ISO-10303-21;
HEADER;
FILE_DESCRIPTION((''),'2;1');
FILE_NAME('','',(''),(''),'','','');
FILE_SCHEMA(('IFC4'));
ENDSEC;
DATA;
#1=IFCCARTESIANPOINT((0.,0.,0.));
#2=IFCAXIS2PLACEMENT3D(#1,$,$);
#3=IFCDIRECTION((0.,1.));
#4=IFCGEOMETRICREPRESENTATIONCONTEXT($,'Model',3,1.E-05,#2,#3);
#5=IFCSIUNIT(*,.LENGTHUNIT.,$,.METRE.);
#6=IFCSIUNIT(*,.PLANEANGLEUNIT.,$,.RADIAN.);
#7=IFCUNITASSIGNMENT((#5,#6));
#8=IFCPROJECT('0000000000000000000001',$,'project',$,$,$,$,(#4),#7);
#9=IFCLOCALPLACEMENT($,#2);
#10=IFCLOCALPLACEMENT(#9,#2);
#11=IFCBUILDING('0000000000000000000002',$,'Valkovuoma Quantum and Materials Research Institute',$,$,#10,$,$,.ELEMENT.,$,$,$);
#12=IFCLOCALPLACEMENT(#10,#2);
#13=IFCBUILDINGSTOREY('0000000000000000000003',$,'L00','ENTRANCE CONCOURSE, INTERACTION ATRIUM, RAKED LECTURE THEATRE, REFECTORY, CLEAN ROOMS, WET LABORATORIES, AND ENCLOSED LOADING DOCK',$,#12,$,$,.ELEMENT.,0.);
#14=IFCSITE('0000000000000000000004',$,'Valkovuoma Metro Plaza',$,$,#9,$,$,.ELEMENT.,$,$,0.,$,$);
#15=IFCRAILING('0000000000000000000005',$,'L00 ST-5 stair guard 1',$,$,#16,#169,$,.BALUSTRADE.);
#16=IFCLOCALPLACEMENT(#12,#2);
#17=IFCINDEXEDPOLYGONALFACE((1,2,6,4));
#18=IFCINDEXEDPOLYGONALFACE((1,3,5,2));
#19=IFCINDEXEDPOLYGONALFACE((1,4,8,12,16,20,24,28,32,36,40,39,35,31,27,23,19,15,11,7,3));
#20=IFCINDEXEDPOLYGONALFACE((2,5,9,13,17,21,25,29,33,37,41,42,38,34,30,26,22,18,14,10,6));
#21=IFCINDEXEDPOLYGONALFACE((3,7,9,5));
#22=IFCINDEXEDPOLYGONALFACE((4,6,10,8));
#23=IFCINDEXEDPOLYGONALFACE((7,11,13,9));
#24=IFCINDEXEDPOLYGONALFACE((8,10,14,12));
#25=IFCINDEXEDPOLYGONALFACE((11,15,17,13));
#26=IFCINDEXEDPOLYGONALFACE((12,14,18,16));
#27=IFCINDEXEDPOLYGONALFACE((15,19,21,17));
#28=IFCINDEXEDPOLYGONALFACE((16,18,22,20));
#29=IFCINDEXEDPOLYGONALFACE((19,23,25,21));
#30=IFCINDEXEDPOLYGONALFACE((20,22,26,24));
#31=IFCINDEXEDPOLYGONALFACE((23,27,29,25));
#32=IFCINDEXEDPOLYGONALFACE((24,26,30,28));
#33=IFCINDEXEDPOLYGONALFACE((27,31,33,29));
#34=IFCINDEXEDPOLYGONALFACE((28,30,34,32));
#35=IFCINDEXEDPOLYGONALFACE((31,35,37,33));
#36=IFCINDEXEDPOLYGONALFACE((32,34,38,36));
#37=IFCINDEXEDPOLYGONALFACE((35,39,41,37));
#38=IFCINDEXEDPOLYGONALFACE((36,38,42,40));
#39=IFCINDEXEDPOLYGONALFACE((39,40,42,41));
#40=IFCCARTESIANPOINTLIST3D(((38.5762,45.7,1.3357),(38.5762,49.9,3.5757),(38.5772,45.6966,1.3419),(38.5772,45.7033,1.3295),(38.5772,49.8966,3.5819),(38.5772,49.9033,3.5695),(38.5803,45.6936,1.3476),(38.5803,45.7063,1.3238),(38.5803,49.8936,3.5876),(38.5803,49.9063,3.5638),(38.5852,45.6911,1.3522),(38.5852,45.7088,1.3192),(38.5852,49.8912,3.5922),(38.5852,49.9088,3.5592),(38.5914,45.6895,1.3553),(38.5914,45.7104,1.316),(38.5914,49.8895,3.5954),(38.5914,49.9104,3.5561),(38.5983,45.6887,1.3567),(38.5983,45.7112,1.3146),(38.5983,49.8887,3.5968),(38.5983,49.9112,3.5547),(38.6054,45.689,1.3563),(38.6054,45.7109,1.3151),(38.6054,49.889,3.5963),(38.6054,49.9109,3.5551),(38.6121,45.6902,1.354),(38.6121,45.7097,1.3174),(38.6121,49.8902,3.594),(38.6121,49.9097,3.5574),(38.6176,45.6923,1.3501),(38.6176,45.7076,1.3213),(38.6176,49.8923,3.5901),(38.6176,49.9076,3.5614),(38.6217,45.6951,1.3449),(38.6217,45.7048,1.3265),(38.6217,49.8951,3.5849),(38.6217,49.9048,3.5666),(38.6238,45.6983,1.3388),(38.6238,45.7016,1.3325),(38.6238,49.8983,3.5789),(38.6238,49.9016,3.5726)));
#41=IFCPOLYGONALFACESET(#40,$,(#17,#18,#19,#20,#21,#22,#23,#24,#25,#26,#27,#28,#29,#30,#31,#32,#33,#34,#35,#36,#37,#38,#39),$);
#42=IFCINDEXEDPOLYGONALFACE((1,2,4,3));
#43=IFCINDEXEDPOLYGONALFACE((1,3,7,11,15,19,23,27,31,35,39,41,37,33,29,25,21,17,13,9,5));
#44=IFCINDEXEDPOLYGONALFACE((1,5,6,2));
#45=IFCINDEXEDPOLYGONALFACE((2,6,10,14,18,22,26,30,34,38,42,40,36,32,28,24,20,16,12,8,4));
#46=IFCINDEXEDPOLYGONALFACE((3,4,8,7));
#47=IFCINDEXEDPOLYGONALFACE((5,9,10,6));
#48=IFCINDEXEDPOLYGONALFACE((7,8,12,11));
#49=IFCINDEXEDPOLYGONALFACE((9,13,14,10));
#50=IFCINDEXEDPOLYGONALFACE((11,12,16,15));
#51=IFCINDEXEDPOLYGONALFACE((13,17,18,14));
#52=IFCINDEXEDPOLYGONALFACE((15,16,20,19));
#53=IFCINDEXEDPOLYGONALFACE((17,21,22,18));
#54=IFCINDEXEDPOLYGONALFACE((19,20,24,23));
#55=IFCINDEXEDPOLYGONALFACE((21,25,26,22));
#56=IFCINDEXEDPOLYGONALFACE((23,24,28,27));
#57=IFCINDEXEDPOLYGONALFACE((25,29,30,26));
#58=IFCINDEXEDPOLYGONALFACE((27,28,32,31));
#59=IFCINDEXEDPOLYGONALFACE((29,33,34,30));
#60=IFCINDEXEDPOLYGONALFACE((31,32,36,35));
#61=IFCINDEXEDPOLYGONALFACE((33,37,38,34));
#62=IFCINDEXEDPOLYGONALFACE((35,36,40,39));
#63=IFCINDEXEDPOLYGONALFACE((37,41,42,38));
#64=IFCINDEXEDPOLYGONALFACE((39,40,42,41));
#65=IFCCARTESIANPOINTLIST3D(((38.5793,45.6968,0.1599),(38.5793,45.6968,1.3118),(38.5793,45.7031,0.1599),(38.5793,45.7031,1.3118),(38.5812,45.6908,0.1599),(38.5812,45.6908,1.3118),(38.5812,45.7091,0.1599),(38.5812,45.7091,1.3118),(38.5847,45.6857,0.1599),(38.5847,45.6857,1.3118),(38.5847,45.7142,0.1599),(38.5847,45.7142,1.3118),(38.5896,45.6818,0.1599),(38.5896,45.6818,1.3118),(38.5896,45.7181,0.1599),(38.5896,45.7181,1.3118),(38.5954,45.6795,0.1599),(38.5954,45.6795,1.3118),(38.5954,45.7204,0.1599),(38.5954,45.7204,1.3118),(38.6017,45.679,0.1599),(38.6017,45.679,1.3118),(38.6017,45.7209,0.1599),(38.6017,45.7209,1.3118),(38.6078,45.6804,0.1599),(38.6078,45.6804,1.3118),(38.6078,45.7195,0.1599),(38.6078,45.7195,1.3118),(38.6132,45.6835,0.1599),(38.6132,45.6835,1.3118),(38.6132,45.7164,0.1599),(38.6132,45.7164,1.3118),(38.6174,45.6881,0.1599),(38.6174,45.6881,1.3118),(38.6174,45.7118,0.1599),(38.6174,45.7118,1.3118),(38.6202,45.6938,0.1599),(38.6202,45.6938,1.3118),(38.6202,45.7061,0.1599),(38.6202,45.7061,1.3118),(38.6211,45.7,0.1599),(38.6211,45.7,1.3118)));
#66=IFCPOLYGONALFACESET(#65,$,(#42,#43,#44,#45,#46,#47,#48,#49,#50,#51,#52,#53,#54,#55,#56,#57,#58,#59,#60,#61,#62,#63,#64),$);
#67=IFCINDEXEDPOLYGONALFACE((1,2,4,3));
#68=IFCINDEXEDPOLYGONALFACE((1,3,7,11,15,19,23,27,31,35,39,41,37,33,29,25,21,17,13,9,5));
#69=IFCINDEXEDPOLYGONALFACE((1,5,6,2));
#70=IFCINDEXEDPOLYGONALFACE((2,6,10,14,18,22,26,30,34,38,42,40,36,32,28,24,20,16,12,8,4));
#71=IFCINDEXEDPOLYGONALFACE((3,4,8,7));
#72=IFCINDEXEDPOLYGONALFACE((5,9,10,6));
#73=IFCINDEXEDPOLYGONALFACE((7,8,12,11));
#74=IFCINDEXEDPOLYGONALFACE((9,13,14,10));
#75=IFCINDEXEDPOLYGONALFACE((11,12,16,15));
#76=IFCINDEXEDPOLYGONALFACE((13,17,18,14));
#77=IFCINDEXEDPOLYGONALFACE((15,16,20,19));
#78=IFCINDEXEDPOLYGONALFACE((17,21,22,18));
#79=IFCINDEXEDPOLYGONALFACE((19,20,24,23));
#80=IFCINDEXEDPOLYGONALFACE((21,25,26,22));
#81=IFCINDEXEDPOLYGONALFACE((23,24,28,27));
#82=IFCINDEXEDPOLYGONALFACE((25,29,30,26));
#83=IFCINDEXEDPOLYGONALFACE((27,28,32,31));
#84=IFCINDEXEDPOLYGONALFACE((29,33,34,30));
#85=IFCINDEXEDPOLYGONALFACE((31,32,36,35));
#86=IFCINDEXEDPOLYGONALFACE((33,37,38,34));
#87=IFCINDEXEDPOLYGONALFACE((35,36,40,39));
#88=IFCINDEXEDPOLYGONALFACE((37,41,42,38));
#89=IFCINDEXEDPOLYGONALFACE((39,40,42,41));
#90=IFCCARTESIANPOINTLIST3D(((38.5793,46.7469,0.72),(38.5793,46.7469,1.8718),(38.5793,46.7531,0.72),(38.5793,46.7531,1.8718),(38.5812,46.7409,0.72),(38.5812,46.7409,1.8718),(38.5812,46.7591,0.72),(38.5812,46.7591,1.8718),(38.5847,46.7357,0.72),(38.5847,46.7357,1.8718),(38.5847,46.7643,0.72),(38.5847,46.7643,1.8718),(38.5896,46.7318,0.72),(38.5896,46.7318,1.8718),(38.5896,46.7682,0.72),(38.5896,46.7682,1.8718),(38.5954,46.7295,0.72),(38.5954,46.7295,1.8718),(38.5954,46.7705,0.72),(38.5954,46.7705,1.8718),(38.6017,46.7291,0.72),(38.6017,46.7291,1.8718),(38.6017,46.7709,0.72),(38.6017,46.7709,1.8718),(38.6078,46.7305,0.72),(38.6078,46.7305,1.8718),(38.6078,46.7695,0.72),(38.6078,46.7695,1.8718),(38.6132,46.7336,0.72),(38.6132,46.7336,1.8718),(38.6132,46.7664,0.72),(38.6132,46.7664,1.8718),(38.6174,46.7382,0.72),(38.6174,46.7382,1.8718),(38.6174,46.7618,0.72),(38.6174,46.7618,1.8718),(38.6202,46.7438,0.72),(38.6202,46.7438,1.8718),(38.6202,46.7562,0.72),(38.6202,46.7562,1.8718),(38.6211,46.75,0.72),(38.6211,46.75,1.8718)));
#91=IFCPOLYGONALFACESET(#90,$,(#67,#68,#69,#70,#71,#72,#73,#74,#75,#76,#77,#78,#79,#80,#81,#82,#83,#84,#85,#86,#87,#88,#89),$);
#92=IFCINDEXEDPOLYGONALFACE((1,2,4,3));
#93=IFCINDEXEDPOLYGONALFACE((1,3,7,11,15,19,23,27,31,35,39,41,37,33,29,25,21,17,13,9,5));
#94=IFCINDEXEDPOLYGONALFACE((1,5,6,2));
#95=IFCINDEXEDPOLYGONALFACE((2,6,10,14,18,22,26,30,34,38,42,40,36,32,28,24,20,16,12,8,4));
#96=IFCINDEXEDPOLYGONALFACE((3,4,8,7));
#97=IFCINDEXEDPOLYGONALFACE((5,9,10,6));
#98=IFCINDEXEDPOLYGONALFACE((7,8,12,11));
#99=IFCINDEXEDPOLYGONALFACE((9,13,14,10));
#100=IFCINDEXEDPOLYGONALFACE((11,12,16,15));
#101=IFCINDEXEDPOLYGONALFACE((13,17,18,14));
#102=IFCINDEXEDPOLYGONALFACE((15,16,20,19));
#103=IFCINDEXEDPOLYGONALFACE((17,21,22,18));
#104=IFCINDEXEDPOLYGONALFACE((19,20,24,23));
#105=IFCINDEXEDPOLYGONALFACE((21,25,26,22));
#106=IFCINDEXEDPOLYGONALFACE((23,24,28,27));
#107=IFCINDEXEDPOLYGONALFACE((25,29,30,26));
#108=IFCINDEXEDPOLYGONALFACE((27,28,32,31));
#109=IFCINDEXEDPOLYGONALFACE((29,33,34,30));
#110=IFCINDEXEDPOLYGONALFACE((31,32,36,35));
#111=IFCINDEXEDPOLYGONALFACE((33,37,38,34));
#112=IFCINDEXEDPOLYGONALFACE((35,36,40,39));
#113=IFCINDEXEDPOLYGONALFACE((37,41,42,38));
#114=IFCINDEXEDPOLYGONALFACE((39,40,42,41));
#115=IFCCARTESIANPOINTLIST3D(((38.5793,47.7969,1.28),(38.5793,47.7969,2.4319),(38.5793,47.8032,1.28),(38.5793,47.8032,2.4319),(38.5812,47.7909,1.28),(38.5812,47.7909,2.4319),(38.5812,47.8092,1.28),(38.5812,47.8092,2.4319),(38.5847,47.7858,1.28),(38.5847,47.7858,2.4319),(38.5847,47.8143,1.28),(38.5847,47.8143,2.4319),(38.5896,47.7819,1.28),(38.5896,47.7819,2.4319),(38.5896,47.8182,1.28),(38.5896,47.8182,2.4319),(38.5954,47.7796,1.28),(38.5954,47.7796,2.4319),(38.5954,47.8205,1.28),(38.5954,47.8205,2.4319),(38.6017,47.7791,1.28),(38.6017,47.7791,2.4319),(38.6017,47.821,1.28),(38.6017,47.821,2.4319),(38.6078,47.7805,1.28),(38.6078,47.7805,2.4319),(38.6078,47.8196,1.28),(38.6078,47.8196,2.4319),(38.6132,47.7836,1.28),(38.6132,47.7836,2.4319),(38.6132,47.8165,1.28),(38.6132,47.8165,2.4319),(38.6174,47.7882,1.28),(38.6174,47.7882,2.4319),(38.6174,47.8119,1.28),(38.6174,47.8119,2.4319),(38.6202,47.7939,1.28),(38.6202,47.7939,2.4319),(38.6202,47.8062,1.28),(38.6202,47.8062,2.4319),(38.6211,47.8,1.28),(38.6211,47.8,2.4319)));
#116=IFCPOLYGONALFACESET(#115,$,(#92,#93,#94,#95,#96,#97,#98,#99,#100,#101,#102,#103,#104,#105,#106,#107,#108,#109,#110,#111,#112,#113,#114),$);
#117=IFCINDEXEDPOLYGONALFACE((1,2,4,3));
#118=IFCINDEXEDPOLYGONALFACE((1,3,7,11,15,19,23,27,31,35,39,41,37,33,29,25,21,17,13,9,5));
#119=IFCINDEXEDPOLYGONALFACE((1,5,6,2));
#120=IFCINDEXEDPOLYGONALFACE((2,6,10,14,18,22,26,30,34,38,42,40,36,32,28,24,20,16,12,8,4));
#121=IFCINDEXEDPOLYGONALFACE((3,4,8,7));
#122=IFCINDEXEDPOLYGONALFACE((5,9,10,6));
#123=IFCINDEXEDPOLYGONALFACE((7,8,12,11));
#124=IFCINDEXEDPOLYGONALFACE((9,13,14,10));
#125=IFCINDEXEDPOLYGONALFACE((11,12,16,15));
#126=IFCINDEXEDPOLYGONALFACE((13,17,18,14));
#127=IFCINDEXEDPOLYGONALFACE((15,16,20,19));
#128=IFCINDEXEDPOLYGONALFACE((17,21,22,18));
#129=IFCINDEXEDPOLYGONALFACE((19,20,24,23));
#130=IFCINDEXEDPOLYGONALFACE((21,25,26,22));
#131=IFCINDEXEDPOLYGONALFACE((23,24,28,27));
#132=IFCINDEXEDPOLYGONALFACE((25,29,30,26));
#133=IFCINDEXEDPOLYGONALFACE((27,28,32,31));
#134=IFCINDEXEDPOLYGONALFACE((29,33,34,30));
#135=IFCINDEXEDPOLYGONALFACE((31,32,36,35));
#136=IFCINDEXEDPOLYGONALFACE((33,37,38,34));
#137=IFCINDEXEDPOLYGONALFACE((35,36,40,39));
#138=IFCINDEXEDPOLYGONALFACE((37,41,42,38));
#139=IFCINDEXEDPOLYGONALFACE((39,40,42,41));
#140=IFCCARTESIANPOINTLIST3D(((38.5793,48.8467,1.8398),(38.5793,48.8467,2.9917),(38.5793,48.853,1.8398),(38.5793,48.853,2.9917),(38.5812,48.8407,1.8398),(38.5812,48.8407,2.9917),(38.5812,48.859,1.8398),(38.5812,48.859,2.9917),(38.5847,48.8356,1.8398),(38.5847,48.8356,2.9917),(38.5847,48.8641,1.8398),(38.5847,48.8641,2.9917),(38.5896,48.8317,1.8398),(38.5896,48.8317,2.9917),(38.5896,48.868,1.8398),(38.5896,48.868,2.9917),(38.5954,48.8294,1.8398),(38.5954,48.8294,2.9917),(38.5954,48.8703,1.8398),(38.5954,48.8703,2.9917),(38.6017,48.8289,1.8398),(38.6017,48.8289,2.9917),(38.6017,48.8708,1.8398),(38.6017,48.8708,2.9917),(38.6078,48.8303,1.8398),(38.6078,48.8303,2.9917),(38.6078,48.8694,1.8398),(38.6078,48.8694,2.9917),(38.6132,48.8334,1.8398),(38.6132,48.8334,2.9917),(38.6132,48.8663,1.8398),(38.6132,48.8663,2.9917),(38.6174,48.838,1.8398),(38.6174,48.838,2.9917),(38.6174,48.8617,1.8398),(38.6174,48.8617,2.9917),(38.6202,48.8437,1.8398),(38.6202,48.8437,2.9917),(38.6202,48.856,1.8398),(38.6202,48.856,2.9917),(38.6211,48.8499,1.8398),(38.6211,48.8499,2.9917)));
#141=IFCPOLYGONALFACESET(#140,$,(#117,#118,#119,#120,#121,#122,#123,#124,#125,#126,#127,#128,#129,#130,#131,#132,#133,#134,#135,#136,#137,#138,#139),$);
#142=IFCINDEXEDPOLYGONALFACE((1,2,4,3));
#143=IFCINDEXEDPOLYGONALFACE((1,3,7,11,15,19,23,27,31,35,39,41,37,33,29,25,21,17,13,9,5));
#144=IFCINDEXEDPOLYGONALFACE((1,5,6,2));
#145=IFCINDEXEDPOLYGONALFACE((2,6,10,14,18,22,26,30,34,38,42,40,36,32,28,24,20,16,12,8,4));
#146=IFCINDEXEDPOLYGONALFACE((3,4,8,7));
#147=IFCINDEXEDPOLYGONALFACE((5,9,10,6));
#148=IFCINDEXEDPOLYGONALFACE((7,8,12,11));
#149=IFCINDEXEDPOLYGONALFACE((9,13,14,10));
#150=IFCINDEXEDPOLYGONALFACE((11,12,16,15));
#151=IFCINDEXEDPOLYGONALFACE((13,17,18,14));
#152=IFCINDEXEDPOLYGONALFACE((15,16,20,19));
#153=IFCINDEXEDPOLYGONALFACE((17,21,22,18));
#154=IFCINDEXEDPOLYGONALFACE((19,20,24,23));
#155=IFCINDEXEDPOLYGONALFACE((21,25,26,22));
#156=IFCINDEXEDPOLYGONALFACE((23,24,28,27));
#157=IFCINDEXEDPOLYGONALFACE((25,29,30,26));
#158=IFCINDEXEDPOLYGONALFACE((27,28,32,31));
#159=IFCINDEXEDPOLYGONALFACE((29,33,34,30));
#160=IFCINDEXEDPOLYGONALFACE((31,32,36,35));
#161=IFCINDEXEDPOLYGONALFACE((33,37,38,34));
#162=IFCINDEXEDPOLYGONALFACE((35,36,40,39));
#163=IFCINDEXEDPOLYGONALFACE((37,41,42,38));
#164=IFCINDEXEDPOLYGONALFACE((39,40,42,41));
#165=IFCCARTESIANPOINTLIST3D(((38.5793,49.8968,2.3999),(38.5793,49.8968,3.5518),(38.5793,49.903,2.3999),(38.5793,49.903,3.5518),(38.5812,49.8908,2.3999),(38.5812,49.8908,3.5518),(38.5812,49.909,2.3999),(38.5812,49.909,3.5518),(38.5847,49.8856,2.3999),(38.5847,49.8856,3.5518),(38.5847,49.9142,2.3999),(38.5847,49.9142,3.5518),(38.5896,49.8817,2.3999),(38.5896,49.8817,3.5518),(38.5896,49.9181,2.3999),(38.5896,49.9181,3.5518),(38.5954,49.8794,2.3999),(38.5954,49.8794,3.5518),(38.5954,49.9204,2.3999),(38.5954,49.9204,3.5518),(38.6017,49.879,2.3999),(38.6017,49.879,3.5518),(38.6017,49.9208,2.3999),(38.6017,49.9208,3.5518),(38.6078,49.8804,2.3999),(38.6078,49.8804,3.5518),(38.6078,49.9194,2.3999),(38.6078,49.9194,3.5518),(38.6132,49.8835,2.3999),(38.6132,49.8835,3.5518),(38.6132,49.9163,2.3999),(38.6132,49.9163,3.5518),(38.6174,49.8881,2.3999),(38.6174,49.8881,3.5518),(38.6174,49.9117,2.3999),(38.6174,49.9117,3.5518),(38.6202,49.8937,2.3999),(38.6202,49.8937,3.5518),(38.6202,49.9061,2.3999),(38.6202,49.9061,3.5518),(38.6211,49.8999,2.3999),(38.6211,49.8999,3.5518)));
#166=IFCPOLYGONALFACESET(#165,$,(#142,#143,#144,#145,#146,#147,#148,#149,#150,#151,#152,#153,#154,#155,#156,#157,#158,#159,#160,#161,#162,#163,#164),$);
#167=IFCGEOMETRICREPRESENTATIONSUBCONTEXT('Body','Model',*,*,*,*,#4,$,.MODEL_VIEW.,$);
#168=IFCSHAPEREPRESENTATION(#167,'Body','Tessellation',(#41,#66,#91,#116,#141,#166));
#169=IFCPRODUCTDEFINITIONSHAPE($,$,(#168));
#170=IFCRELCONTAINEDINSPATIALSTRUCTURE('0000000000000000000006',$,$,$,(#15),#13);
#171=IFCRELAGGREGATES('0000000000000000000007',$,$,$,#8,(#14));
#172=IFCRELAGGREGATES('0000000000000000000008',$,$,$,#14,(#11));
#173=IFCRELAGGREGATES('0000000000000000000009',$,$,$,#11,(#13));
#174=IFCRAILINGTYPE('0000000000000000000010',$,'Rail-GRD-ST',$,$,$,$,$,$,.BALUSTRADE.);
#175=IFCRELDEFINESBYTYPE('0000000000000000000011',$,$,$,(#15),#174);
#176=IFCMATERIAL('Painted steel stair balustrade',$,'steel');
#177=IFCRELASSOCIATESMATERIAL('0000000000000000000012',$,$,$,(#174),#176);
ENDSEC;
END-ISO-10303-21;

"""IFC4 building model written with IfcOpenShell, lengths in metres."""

from ifc_helpers import new_model, si_unit, direction, frame, origin, origin_2d, place, context, subcontext, project, spatial, circle, extrude, material, type_object, element, save


model = new_model("IFC4")

# Units and contexts
model_context = context("Model", 3, precision=1e-05, world=origin(), true_north=direction((0.0, 1.0)))
body_context = subcontext(model_context, "Body", "Model", "MODEL_VIEW")
ifc_project = project(units=[si_unit("LENGTHUNIT", "METRE"), si_unit("PLANEANGLEUNIT", "RADIAN")], contexts=[model_context])

# Site, building, storey
site_placement = place(None, origin())
site = spatial("IfcSite", under=ifc_project, at=site_placement, Name="Valkovuoma Metro Plaza", CompositionType="ELEMENT", RefElevation=0.0)
building_placement = place(site_placement, origin())
building = spatial("IfcBuilding", under=site, at=building_placement, Name="Valkovuoma Quantum and Materials Research Institute", CompositionType="ELEMENT")
storey_placement = place(building_placement, origin())
storey = spatial("IfcBuildingStorey", under=building, at=storey_placement, Name="L00", Description="ENTRANCE CONCOURSE, INTERACTION ATRIUM, RAKED LECTURE THEATRE, REFECTORY, CLEAN ROOMS, WET LABORATORIES, AND ENCLOSED LOADING DOCK", CompositionType="ELEMENT", Elevation=0.0)

# Railing
ifc_material_1 = material(Name="Painted steel stair balustrade", Category="steel")
railing_type_1 = type_object("IfcRailingType", Name="Rail-GRD-ST", PredefinedType="BALUSTRADE", material=ifc_material_1)
railing_1_placement = place(storey_placement, frame((38.6001, 45.7, 0.1599)))
element("IfcRailing", 1, at=railing_1_placement, inside=storey, type_object=railing_type_1, Name="L00 ST-5 stair guard 1", PredefinedType="BALUSTRADE", context=body_context, shape_type="SweptSolid", body=[
    extrude(circle(Radius=0.0239, at=origin_2d()), frame((0.0, 0.0, 1.1758), z_axis=(0.0, 0.882352, 0.470591), x_axis=(-1.0, 0.0, 0.0)), (0.0, 0.0, 1.0), 4.76),
    extrude(circle(Radius=0.021, at=origin_2d()), origin(), (0.0, 0.0, 1.0), 1.1519),
    extrude(circle(Radius=0.021, at=origin_2d()), frame((0.0, 1.05, 0.5601)), (0.0, 0.0, 1.0), 1.1519),
    extrude(circle(Radius=0.021, at=origin_2d()), frame((0.0, 2.1001, 1.1201)), (0.0, 0.0, 1.0), 1.1519),
    extrude(circle(Radius=0.021, at=origin_2d()), frame((0.0, 3.1499, 1.6799)), (0.0, 0.0, 1.0), 1.1519),
    extrude(circle(Radius=0.021, at=origin_2d()), frame((0.0, 4.2, 2.24)), (0.0, 0.0, 1.0), 1.1519),
])

save(model, "model.ifc")
